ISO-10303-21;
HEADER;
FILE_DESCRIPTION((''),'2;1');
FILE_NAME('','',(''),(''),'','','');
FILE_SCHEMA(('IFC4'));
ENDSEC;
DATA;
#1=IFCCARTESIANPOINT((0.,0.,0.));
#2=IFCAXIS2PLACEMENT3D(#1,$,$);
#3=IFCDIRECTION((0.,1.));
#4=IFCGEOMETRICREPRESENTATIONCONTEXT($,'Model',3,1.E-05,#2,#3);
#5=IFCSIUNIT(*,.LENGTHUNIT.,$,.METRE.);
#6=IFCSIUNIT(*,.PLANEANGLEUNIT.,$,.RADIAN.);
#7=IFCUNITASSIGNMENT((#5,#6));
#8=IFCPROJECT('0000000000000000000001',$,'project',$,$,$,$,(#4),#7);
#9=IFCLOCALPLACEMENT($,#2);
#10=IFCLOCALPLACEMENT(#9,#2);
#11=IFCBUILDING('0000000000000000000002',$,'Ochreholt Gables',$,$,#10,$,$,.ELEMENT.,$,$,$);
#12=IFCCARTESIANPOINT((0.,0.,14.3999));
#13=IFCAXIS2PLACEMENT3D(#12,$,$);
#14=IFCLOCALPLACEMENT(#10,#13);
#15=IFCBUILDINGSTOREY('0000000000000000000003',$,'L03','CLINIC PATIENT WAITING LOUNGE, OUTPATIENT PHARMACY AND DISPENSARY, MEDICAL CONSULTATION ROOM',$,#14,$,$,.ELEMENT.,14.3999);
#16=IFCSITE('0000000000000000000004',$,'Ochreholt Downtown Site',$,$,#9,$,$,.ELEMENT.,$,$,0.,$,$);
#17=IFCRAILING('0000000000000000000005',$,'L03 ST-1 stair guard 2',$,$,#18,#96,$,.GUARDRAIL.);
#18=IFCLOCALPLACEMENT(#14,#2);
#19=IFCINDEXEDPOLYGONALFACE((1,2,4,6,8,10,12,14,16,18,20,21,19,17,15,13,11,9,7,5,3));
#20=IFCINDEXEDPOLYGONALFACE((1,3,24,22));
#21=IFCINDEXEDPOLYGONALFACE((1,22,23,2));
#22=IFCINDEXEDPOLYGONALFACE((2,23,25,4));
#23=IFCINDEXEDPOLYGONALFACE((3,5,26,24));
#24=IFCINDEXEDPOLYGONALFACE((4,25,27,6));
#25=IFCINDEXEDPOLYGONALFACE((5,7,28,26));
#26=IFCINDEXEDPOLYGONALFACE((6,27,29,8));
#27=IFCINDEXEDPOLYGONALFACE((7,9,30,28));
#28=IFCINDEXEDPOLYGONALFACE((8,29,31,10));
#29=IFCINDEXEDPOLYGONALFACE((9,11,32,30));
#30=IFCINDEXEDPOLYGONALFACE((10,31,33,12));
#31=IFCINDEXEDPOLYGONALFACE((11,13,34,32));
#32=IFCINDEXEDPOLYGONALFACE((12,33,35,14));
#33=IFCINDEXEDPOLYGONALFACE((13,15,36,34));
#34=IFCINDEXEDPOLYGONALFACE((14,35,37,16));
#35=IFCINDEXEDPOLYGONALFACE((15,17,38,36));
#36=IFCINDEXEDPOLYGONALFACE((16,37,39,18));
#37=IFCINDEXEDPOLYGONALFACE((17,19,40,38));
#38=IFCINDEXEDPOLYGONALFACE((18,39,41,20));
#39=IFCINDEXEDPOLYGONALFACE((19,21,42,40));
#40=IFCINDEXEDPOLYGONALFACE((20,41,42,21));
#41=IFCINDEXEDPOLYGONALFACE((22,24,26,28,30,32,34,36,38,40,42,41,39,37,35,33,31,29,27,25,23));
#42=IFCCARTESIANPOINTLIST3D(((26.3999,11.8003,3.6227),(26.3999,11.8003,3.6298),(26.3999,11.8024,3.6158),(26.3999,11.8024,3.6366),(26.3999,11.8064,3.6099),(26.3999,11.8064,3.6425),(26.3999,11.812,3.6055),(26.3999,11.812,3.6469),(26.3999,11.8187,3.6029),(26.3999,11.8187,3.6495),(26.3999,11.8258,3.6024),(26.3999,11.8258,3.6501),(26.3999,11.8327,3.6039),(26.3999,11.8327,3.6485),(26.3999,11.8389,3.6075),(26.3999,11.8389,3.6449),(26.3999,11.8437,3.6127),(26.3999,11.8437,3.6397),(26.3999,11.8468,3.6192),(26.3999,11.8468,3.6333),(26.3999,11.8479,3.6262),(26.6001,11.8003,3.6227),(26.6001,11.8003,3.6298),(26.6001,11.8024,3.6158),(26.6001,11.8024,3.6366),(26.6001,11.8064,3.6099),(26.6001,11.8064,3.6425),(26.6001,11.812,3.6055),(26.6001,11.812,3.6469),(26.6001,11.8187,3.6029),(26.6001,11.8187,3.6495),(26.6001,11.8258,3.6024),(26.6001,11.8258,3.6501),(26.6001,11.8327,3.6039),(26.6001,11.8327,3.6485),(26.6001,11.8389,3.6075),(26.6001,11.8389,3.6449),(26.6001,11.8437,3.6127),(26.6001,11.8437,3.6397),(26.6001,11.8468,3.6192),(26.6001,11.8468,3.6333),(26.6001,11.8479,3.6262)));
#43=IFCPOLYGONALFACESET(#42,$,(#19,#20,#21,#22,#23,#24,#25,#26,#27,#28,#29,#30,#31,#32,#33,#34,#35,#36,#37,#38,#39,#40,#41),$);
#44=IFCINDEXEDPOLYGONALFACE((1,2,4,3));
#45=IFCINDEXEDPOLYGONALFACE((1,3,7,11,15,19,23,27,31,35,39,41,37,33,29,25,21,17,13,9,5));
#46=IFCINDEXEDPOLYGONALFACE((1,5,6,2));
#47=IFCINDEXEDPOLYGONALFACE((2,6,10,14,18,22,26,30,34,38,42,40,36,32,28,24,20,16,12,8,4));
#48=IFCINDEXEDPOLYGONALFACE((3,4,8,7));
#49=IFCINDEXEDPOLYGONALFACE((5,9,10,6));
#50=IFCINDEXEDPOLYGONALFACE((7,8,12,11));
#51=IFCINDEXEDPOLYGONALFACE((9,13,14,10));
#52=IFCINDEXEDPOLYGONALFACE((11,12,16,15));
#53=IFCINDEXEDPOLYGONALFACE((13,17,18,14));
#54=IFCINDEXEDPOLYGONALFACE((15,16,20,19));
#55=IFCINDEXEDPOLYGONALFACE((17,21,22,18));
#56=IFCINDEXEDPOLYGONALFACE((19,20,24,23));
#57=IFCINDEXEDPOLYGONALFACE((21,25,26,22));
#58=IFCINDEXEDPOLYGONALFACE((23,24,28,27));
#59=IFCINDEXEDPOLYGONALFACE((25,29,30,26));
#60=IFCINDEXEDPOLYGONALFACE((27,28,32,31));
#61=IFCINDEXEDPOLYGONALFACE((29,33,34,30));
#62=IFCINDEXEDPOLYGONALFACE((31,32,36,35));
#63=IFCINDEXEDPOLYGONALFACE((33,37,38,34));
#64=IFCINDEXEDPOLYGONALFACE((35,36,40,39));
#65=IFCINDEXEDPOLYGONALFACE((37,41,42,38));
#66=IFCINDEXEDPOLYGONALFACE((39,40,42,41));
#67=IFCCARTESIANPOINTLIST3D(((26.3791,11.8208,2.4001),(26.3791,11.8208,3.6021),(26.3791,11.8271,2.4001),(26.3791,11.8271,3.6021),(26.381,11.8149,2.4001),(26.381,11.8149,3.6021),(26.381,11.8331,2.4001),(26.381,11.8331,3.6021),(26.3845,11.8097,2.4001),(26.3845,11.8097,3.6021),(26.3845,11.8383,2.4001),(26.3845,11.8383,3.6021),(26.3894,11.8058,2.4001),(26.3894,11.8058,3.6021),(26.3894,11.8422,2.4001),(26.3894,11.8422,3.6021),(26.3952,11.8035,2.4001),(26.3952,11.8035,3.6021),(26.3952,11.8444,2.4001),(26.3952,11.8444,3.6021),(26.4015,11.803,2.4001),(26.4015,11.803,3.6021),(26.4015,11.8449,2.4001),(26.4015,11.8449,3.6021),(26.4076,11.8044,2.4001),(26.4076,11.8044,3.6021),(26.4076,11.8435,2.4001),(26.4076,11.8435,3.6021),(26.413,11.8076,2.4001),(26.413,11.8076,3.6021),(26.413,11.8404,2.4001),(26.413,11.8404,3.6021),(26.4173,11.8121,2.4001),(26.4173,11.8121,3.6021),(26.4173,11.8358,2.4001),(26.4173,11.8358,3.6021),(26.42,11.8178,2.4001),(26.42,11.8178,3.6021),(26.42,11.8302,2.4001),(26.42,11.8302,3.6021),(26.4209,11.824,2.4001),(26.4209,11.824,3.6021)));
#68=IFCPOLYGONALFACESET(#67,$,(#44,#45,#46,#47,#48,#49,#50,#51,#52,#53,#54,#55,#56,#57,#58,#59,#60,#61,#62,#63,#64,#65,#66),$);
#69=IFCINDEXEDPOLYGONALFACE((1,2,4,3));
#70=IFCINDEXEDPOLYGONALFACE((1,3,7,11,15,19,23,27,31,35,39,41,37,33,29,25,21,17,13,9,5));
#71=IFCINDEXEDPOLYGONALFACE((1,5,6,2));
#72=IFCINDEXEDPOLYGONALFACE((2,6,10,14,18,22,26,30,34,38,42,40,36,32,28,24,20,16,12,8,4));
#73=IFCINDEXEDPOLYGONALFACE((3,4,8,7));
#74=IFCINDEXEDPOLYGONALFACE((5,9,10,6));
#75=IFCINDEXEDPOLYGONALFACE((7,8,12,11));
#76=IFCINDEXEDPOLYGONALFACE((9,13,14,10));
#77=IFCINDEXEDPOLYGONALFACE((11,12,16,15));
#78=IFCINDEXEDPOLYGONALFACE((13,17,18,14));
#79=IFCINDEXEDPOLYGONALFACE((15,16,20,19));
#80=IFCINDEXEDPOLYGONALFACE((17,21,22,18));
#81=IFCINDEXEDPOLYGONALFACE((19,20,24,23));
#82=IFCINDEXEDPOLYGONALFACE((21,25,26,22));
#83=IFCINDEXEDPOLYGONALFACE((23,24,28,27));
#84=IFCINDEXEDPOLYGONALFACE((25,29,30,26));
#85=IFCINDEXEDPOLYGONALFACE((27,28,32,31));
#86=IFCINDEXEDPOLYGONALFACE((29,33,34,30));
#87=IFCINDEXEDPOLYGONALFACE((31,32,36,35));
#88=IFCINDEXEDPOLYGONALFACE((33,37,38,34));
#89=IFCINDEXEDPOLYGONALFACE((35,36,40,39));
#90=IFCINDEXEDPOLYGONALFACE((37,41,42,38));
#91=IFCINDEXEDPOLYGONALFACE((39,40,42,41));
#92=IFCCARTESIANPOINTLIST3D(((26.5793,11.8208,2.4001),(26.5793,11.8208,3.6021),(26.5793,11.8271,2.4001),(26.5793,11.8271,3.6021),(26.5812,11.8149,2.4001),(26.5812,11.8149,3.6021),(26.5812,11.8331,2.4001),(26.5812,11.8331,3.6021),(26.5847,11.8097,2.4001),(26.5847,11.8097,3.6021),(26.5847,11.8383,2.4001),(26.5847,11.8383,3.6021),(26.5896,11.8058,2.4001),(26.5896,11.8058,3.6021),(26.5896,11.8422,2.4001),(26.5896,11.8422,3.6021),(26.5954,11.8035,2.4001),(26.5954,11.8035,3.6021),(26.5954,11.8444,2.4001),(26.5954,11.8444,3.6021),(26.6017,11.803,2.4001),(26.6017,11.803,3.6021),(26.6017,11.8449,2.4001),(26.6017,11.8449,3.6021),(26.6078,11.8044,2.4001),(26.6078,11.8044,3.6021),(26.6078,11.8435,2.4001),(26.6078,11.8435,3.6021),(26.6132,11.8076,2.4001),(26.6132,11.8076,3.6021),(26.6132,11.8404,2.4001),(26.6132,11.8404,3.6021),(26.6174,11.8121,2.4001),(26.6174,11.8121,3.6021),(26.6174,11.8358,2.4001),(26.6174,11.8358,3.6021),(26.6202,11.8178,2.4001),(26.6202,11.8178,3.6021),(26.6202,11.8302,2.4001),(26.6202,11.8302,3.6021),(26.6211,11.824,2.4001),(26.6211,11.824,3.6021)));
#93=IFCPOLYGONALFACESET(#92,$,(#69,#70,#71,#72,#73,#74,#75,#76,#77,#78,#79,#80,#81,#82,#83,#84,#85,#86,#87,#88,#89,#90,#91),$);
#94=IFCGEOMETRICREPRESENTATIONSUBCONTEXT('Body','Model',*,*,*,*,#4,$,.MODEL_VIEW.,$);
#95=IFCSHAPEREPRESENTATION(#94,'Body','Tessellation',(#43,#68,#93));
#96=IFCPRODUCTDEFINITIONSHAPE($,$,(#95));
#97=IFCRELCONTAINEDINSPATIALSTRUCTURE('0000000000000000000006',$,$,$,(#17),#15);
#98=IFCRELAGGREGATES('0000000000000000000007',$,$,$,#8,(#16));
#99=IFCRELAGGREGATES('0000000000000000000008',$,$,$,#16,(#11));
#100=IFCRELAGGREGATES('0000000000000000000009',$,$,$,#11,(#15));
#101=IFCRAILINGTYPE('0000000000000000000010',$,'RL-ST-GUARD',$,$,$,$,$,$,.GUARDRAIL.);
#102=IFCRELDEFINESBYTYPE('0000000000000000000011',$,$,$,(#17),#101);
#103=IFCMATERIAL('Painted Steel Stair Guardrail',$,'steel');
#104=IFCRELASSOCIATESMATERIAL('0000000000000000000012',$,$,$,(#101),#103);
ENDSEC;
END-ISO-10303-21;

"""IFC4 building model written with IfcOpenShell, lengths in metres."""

from ifc_helpers import new_model, si_unit, direction, frame, origin, origin_2d, place, context, subcontext, project, spatial, circle, extrude, material, type_object, element, save


model = new_model("IFC4")

# Units and contexts
model_context = context("Model", 3, precision=1e-05, world=origin(), true_north=direction((0.0, 1.0)))
body_context = subcontext(model_context, "Body", "Model", "MODEL_VIEW")
ifc_project = project(units=[si_unit("LENGTHUNIT", "METRE"), si_unit("PLANEANGLEUNIT", "RADIAN")], contexts=[model_context])

# Site, building, storey
site_placement = place(None, origin())
site = spatial("IfcSite", under=ifc_project, at=site_placement, Name="Ochreholt Downtown Site", CompositionType="ELEMENT", RefElevation=0.0)
building_placement = place(site_placement, origin())
building = spatial("IfcBuilding", under=site, at=building_placement, Name="Ochreholt Gables", CompositionType="ELEMENT")
storey_placement = place(building_placement, frame((0.0, 0.0, 14.3999)))
storey = spatial("IfcBuildingStorey", under=building, at=storey_placement, Name="L03", Description="CLINIC PATIENT WAITING LOUNGE, OUTPATIENT PHARMACY AND DISPENSARY, MEDICAL CONSULTATION ROOM", CompositionType="ELEMENT", Elevation=14.3999)

# Railing
ifc_material_1 = material(Name="Painted Steel Stair Guardrail", Category="steel")
railing_type_1 = type_object("IfcRailingType", Name="RL-ST-GUARD", PredefinedType="GUARDRAIL", material=ifc_material_1)
railing_1_placement = place(storey_placement, frame((26.3999, 11.824, 2.4001)))
element("IfcRailing", 1, at=railing_1_placement, inside=storey, type_object=railing_type_1, Name="L03 ST-1 stair guard 2", PredefinedType="GUARDRAIL", context=body_context, shape_type="SweptSolid", body=[
    extrude(circle(Radius=0.0239, at=origin_2d()), frame((0.0, 0.0, 1.2261), z_axis=(1.0, 0.0, 0.0), x_axis=(0.0, 1.0, 0.0)), (0.0, 0.0, 1.0), 0.2002),
    extrude(circle(Radius=0.021, at=origin_2d()), origin(), (0.0, 0.0, 1.0), 1.2019),
    extrude(circle(Radius=0.021, at=origin_2d()), frame((0.2002, 0.0, 0.0)), (0.0, 0.0, 1.0), 1.2019),
])

save(model, "model.ifc")
